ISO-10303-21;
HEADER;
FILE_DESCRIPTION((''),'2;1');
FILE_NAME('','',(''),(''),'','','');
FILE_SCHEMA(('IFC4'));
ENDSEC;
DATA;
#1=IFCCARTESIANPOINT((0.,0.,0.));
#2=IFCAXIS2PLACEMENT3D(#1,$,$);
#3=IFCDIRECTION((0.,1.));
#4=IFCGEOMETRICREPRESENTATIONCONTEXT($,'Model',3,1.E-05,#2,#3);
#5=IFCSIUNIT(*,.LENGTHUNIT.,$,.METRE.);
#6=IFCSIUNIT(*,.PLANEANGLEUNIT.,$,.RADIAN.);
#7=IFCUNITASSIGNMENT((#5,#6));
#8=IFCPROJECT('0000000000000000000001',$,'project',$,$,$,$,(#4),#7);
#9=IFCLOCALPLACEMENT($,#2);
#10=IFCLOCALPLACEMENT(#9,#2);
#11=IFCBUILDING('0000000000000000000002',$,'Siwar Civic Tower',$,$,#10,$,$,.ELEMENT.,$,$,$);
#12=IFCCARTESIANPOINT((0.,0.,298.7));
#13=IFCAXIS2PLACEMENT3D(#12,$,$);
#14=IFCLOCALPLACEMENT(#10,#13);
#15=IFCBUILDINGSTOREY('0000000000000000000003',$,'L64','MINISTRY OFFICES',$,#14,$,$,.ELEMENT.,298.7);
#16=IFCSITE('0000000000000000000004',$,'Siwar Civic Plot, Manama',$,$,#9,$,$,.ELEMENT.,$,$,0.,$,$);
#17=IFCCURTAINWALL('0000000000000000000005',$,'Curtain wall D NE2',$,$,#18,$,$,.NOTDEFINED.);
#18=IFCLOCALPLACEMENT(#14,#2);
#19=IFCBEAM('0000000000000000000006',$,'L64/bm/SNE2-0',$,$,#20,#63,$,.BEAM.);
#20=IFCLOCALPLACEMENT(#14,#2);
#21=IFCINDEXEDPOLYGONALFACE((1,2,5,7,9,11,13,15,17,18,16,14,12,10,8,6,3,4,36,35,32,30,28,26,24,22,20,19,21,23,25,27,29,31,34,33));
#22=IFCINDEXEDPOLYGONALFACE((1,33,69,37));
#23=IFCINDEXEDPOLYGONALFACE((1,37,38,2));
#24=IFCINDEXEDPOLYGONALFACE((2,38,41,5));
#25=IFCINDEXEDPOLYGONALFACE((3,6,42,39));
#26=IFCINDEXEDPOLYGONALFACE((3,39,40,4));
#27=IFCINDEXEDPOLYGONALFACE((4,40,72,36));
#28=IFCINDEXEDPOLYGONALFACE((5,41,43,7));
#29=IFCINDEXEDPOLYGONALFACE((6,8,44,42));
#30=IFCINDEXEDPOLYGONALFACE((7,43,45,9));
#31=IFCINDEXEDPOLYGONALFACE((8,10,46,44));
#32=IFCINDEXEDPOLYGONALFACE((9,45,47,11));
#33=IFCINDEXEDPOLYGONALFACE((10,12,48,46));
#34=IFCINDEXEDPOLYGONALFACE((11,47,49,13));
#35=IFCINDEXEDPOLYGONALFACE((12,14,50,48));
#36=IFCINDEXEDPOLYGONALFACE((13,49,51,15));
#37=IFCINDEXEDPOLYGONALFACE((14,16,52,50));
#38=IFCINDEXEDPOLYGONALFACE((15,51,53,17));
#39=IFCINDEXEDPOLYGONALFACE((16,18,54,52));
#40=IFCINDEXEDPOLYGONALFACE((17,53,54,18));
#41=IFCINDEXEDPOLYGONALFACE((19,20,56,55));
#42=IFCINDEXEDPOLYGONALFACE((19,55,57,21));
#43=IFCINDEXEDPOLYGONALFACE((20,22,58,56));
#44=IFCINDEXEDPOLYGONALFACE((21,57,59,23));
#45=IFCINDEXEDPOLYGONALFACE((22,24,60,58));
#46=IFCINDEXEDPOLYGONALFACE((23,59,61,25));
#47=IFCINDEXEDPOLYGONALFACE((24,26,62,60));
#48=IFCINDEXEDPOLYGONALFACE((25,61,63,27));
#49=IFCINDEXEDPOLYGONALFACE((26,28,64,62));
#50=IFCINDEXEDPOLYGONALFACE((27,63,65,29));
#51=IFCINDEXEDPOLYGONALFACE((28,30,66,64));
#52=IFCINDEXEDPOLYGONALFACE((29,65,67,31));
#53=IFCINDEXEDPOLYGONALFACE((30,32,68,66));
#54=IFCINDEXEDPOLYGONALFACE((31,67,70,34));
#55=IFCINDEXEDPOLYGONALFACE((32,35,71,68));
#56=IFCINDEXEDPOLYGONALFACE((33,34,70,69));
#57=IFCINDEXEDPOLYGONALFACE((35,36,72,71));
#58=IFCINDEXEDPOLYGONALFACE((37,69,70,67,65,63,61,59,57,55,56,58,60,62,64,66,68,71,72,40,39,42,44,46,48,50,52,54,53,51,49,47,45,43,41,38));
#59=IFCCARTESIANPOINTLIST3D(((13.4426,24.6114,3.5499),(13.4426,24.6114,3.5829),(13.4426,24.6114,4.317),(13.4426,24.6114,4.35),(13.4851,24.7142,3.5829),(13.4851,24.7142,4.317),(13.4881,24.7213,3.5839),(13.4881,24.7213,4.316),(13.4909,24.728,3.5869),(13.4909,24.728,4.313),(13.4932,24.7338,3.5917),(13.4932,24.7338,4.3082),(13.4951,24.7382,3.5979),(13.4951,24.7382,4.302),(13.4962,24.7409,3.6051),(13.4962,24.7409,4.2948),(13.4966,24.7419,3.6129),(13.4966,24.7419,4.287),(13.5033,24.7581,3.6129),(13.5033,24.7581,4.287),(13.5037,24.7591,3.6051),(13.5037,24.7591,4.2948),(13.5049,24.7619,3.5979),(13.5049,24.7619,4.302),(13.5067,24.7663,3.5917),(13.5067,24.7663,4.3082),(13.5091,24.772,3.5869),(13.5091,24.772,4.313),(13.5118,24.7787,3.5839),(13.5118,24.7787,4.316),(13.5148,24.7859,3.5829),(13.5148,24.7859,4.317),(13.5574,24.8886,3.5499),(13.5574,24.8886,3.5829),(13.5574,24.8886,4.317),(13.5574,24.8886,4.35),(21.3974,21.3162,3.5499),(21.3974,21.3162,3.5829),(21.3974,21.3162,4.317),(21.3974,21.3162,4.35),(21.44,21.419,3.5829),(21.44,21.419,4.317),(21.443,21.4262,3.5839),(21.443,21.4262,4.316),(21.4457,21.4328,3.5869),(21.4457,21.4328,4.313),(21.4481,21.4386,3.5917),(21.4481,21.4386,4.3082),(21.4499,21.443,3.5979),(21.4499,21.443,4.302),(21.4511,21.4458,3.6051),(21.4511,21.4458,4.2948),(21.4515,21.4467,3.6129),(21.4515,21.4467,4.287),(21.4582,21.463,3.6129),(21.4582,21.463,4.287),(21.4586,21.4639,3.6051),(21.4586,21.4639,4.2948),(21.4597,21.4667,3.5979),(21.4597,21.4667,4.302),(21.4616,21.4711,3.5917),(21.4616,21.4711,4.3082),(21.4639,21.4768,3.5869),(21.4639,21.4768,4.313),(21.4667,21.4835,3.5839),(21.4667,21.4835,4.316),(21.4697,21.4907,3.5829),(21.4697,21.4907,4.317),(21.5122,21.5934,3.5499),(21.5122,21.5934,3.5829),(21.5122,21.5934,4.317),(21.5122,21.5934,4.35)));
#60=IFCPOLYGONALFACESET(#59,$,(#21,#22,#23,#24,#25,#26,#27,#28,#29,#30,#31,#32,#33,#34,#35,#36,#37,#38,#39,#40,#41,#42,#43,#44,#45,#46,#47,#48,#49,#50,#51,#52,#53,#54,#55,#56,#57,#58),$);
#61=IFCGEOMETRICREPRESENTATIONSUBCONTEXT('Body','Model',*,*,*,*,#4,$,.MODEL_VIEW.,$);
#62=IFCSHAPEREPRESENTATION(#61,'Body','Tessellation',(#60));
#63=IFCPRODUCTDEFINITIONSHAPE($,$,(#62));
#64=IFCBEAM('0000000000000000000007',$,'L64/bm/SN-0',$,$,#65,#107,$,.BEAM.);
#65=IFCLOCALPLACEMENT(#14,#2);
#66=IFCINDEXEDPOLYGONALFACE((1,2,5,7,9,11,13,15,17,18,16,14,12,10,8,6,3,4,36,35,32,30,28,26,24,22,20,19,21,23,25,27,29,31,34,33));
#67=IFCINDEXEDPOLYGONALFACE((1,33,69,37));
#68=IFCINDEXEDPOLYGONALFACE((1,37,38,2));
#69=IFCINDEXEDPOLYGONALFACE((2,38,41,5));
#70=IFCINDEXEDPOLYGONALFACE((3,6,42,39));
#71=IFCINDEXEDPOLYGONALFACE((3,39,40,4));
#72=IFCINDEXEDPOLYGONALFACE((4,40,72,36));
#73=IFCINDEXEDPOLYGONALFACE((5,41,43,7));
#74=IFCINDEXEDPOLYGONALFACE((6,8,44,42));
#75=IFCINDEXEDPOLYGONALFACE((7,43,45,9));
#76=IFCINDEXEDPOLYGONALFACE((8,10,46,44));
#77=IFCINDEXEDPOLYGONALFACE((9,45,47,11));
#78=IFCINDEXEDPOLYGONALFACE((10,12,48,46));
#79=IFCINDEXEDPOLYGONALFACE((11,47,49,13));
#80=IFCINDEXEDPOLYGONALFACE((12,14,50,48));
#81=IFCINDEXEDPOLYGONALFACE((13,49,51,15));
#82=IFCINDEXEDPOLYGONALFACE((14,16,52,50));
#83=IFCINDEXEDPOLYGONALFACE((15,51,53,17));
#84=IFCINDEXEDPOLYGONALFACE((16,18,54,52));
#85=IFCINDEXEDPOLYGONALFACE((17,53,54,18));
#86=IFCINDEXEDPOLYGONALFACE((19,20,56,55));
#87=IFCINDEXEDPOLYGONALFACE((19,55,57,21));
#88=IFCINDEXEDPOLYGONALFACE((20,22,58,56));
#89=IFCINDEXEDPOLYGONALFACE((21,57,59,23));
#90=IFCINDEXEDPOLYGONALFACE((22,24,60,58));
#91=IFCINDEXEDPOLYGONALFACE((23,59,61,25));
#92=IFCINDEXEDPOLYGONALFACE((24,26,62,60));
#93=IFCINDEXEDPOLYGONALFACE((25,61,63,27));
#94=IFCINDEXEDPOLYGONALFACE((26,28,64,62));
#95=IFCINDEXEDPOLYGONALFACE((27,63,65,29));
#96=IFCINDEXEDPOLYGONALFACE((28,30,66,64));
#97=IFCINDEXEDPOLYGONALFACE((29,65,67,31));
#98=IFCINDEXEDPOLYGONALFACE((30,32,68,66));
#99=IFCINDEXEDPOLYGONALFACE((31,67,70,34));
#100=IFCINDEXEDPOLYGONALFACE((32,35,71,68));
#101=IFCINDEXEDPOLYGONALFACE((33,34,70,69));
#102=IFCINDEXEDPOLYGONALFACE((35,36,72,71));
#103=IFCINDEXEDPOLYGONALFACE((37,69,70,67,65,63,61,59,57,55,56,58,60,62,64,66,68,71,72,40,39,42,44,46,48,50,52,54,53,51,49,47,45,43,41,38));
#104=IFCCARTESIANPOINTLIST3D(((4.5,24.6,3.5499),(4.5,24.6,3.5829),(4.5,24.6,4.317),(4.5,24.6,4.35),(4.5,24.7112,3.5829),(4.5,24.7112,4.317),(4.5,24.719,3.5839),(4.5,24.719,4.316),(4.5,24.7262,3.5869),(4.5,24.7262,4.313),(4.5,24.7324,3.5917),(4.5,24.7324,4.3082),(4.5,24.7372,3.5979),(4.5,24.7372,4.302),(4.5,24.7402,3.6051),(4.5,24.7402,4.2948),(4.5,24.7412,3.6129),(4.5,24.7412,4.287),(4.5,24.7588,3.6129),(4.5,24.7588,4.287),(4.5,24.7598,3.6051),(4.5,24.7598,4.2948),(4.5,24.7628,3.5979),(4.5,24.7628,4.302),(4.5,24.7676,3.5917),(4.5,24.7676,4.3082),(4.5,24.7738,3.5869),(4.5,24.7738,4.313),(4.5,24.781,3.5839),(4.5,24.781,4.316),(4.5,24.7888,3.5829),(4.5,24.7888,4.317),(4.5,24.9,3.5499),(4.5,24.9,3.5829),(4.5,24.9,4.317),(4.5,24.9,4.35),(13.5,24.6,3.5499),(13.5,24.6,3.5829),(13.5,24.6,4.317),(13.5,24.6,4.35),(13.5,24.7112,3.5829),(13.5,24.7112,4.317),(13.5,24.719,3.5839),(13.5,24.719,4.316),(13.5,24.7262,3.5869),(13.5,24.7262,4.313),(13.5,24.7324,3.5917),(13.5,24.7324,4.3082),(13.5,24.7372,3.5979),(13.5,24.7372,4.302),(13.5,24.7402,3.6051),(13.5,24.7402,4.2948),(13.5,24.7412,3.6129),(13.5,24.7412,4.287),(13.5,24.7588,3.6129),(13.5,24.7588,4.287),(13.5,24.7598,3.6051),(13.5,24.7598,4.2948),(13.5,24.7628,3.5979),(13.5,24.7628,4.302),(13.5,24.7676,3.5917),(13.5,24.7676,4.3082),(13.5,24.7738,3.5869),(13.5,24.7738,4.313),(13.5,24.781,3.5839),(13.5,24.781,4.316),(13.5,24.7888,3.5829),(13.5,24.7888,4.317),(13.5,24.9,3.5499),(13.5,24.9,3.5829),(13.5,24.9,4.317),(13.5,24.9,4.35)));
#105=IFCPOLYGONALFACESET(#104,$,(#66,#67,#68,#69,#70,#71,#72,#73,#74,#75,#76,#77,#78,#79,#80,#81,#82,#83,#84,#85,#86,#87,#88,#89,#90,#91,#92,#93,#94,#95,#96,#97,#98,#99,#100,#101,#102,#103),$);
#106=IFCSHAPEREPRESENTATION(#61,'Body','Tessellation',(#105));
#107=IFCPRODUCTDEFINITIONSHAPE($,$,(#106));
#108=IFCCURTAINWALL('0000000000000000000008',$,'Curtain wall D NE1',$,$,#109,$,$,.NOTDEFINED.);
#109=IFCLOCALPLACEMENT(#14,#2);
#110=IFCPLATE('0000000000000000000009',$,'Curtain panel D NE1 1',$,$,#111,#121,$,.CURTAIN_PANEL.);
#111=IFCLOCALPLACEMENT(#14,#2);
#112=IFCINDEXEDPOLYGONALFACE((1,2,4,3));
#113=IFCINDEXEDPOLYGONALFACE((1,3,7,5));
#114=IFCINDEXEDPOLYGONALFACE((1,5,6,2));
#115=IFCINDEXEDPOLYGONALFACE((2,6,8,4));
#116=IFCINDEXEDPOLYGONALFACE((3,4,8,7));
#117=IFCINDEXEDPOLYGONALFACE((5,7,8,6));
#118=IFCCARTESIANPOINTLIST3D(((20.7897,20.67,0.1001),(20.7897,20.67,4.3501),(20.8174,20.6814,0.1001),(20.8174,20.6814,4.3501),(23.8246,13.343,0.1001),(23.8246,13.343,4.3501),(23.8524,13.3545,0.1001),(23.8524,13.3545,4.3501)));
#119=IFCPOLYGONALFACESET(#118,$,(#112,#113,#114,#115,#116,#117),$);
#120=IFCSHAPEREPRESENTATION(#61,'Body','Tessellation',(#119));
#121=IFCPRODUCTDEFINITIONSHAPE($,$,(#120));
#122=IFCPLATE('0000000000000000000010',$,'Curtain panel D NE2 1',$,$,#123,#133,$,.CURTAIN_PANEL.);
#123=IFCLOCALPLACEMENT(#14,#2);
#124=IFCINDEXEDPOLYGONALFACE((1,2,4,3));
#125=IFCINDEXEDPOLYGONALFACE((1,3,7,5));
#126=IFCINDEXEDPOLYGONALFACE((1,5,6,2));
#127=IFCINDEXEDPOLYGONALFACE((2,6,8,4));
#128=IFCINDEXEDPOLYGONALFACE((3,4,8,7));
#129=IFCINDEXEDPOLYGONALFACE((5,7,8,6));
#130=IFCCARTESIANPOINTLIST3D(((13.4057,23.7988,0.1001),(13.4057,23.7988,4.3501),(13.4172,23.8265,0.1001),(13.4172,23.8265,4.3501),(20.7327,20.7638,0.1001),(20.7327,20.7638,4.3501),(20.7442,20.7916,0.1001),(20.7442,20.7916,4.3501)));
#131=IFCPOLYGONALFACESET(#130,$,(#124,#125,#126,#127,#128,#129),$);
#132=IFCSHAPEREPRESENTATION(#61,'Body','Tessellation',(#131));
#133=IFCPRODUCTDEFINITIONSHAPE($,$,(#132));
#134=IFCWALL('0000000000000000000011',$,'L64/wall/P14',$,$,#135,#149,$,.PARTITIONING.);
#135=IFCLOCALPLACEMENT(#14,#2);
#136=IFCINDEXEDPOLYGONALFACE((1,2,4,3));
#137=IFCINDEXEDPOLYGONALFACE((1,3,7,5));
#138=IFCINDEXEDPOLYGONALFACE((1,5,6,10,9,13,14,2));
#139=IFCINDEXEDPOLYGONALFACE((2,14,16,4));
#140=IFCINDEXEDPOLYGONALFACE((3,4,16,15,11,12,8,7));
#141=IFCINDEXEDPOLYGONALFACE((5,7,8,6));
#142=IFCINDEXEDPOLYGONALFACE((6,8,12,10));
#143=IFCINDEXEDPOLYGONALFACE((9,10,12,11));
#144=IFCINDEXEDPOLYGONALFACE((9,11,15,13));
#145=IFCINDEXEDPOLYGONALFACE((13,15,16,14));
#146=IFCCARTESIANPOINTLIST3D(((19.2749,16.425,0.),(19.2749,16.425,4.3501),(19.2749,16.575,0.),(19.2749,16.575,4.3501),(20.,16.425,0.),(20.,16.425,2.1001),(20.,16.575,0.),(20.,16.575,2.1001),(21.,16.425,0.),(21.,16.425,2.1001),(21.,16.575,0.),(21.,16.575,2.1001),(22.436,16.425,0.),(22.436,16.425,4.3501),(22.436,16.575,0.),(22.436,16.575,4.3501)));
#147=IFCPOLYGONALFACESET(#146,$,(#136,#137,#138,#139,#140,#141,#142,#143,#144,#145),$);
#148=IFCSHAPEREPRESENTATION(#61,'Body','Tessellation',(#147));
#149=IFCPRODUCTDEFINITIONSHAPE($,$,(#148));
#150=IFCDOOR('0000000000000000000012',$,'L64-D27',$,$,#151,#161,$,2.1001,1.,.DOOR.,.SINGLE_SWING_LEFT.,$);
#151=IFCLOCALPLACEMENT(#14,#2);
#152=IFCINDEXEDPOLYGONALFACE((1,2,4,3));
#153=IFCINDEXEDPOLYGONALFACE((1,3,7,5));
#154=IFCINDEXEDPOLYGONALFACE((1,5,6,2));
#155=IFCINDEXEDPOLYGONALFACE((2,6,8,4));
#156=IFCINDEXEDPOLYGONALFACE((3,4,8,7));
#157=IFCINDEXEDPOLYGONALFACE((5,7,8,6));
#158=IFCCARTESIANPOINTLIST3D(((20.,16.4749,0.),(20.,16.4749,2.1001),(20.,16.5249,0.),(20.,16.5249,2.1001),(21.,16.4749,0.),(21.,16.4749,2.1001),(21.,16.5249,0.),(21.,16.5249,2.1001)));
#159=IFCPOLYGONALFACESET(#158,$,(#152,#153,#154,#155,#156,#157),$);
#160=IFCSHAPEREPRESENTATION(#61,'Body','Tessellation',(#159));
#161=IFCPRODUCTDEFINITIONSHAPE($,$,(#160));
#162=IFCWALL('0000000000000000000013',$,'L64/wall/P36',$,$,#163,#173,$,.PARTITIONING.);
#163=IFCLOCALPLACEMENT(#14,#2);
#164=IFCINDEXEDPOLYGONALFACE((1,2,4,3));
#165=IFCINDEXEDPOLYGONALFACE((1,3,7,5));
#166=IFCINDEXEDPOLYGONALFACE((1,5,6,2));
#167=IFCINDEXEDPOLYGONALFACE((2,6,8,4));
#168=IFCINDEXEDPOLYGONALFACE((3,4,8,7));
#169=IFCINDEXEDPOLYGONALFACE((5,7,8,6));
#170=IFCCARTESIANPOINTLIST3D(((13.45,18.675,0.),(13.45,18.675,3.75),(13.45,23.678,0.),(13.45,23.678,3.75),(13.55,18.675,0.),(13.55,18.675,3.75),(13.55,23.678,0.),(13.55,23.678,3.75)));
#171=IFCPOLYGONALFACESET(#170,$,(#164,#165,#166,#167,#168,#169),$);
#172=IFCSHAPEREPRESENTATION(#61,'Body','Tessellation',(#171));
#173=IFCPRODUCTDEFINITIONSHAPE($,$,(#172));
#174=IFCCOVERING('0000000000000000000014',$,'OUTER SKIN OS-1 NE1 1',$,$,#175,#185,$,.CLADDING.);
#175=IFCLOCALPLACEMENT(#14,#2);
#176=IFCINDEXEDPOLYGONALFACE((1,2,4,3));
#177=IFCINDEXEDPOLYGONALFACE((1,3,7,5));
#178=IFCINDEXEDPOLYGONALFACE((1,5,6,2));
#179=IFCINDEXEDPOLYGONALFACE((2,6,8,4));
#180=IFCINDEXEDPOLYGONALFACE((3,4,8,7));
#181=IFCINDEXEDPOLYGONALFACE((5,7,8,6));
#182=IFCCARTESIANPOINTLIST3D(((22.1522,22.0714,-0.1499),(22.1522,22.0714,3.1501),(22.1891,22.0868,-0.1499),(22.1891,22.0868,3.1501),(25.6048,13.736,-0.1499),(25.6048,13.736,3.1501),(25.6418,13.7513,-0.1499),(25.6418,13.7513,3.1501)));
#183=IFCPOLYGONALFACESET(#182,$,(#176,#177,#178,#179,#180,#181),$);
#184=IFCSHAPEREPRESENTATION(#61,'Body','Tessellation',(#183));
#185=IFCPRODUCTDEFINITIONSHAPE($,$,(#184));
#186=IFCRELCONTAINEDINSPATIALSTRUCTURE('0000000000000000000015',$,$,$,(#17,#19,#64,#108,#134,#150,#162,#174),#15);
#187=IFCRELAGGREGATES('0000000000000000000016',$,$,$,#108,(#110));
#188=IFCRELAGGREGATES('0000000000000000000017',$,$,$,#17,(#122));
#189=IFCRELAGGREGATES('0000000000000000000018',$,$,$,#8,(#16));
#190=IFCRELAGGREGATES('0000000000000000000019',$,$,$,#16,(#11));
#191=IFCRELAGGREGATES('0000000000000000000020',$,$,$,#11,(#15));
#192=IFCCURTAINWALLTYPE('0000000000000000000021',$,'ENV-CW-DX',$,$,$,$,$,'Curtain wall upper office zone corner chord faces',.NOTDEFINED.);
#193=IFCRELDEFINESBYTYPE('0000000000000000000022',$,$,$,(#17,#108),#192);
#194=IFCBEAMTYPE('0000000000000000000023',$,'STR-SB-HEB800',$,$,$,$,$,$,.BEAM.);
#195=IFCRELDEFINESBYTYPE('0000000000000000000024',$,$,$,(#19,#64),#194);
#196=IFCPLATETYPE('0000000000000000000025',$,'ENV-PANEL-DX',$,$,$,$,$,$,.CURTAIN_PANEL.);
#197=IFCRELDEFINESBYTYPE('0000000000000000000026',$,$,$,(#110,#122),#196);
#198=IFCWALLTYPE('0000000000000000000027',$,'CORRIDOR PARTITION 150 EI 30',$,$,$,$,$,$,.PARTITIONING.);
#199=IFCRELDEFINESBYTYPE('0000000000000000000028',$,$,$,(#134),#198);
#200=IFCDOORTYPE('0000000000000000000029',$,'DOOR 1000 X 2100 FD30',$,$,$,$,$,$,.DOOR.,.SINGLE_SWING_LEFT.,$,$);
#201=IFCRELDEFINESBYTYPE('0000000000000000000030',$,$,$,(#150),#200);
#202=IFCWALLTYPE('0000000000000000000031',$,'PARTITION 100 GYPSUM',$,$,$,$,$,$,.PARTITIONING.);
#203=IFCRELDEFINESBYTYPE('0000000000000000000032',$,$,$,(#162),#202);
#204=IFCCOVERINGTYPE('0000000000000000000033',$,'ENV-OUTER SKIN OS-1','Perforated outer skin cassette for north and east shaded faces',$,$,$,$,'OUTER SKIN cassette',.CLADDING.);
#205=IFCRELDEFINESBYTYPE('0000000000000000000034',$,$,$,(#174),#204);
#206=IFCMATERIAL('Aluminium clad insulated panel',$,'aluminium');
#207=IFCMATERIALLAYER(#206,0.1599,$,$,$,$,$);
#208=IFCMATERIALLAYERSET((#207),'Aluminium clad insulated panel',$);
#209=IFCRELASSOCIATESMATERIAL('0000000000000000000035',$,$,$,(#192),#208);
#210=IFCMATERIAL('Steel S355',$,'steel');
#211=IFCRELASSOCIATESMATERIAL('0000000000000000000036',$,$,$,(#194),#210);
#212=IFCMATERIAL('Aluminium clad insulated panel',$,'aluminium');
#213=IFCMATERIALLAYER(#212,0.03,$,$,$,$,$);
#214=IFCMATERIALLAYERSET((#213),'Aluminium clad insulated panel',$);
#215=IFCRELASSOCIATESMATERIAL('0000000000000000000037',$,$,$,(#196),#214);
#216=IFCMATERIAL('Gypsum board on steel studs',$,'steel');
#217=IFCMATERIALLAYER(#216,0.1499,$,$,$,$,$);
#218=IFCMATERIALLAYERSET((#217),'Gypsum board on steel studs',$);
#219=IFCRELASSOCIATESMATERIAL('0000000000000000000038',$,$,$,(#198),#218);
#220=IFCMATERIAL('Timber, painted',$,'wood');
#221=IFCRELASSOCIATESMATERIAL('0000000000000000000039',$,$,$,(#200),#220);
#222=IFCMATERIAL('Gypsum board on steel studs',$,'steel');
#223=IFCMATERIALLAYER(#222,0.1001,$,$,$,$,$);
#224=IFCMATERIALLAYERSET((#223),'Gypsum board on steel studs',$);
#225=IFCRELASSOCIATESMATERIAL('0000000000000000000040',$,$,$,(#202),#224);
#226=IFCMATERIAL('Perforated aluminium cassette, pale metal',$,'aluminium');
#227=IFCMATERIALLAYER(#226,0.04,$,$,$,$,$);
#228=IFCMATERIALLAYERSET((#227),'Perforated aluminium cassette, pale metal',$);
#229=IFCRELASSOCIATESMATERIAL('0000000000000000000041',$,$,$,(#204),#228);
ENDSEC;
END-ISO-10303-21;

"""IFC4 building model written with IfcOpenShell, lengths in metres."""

from ifc_helpers import new_model, si_unit, direction, frame, frame_2d, origin, origin_2d, place, context, subcontext, project, spatial, rectangle, i_section, extrude, material, layer, layer_set, material_profile, profile_set, type_object, element, fill, aggregate, save


model = new_model("IFC4")

# Units and contexts
model_context = context("Model", 3, precision=1e-05, world=origin(), true_north=direction((0.0, 1.0)))
body_context = subcontext(model_context, "Body", "Model", "MODEL_VIEW")
ifc_project = project(units=[si_unit("LENGTHUNIT", "METRE"), si_unit("PLANEANGLEUNIT", "RADIAN")], contexts=[model_context])

# Site, building, storey
site_placement = place(None, origin())
site = spatial("IfcSite", under=ifc_project, at=site_placement, Name="Siwar Civic Plot, Manama", CompositionType="ELEMENT", RefElevation=0.0)
building_placement = place(site_placement, origin())
building = spatial("IfcBuilding", under=site, at=building_placement, Name="Siwar Civic Tower", CompositionType="ELEMENT")
storey_placement = place(building_placement, frame((0.0, 0.0, 298.7)))
storey = spatial("IfcBuildingStorey", under=building, at=storey_placement, Name="L64", Description="MINISTRY OFFICES", CompositionType="ELEMENT", Elevation=298.7)

# Curtain wall
ifc_material_1 = material(Name="Aluminium clad insulated panel", Category="aluminium")
ifc_layer_1 = layer(ifc_material_1, 0.1599)
ifc_layer_set_1 = layer_set([ifc_layer_1], Name="Aluminium clad insulated panel")
curtain_wall_type = type_object("IfcCurtainWallType", Name="ENV-CW-DX", ElementType="Curtain wall upper office zone corner chord faces", PredefinedType="NOTDEFINED", material=ifc_layer_set_1)
curtain_wall_1_placement = place(storey_placement, origin())
curtain_wall_1 = element("IfcCurtainWall", 1, at=curtain_wall_1_placement, inside=storey, type_object=curtain_wall_type, Name="Curtain wall D NE2", PredefinedType="NOTDEFINED")

# Beams
ifc_material_2 = material(Name="Steel S355", Category="steel")
ifc_material_profile_1 = material_profile(ifc_material_2, i_section(OverallWidth=0.3, OverallDepth=0.8, WebThickness=0.0176, FlangeThickness=0.033, FilletRadius=0.03, at=origin_2d()), Name="HEB800")
ifc_profile_set_1 = profile_set([ifc_material_profile_1], Name="Steel S355")
beam_type_1 = type_object("IfcBeamType", Name="STR-SB-HEB800", PredefinedType="BEAM", material=ifc_profile_set_1)
beam_1_placement = place(storey_placement, frame((21.4548, 21.4548, 3.95), z_axis=(-0.923873, 0.3827, 0.0), x_axis=(-0.3827, -0.923873, 0.0)))
element("IfcBeam", 2, at=beam_1_placement, inside=storey, type_object=beam_type_1, Name="L64/bm/SNE2-0", PredefinedType="BEAM", context=body_context, shape_type="SweptSolid", body=[
    extrude(i_section(OverallWidth=0.3, OverallDepth=0.8, WebThickness=0.0176, FlangeThickness=0.033, FilletRadius=0.03, at=origin_2d()), origin(), (0.0, 0.0, 1.0), 8.6104),
])
beam_2_placement = place(storey_placement, frame((13.5, 24.75, 3.95), z_axis=(-1.0, 0.0, 0.0), x_axis=(0.0, -1.0, 0.0)))
element("IfcBeam", 3, at=beam_2_placement, inside=storey, type_object=beam_type_1, Name="L64/bm/SN-0", PredefinedType="BEAM", context=body_context, shape_type="SweptSolid", body=[
    extrude(i_section(OverallWidth=0.3, OverallDepth=0.8, WebThickness=0.0176, FlangeThickness=0.033, FilletRadius=0.03, at=origin_2d()), origin(), (0.0, 0.0, 1.0), 9.0),
])

# Curtain wall, plate
curtain_wall_2_placement = place(storey_placement, origin())
curtain_wall_2 = element("IfcCurtainWall", 4, at=curtain_wall_2_placement, inside=storey, type_object=curtain_wall_type, Name="Curtain wall D NE1", PredefinedType="NOTDEFINED")
ifc_material_3 = material(Name="Aluminium clad insulated panel", Category="aluminium")
ifc_layer_2 = layer(ifc_material_3, 0.03)
ifc_layer_set_2 = layer_set([ifc_layer_2], Name="Aluminium clad insulated panel")
plate_type = type_object("IfcPlateType", Name="ENV-PANEL-DX", PredefinedType="CURTAIN_PANEL", material=ifc_layer_set_2)
plate_1_placement = place(storey_placement, frame((22.321, 17.0122, 0.1001), z_axis=(0.0, 0.0, 1.0), x_axis=(-0.382683, 0.92388, 0.0)))
plate_1 = element("IfcPlate", 5, at=plate_1_placement, type_object=plate_type, Name="Curtain panel D NE1 1", PredefinedType="CURTAIN_PANEL", context=body_context, shape_type="SweptSolid", body=[
    extrude(rectangle(XDim=7.9307, YDim=0.03, at=origin_2d()), origin(), (0.0, 0.0, 1.0), 4.25),
])
aggregate(curtain_wall_2, [plate_1])

# Plate
plate_2_placement = place(storey_placement, frame((17.075, 22.2952, 0.1001), z_axis=(0.0, 0.0, 1.0), x_axis=(-0.92388, 0.382683, 0.0)))
plate_2 = element("IfcPlate", 6, at=plate_2_placement, type_object=plate_type, Name="Curtain panel D NE2 1", PredefinedType="CURTAIN_PANEL", context=body_context, shape_type="SweptSolid", body=[
    extrude(rectangle(XDim=7.9307, YDim=0.03, at=origin_2d()), origin(), (0.0, 0.0, 1.0), 4.25),
])
aggregate(curtain_wall_1, [plate_2])

# Wall, opening, door
ifc_material_4 = material(Name="Gypsum board on steel studs", Category="steel")
ifc_layer_3 = layer(ifc_material_4, 0.1499)
ifc_layer_set_3 = layer_set([ifc_layer_3], Name="Gypsum board on steel studs")
wall_type_1 = type_object("IfcWallType", Name="CORRIDOR PARTITION 150 EI 30", PredefinedType="PARTITIONING", material=ifc_layer_set_3)
wall_1_placement = place(storey_placement, frame((19.2749, 16.5, 0.0), z_axis=(0.0, 0.0, 1.0), x_axis=(1.0, 0.0, 0.0)))
wall_1 = element("IfcWall", 7, at=wall_1_placement, inside=storey, type_object=wall_type_1, Name="L64/wall/P14", PredefinedType="PARTITIONING", context=body_context, shape_type="SweptSolid", body=[
    extrude(rectangle(XDim=3.1611, YDim=0.1499, at=frame_2d((1.5806, 0.0))), origin(), (0.0, 0.0, 1.0), 4.3501),
])
opening_placement = place(wall_1_placement, frame((0.7251, 0.0, 0.0)))
opening = element("IfcOpeningElement", 8, at=opening_placement, cuts=wall_1, PredefinedType="OPENING", context=body_context, shape_type="SweptSolid", body=[
    extrude(rectangle(XDim=1.0, YDim=2.1001, at=frame_2d((0.5, 1.05))), frame((0.0, 0.085, 0.0), z_axis=(0.0, -1.0, 0.0), x_axis=(1.0, 0.0, 0.0)), (0.0, 0.0, 1.0), 0.1699),
])
ifc_material_5 = material(Name="Timber, painted", Category="wood")
door_type = type_object("IfcDoorType", Name="DOOR 1000 X 2100 FD30", OperationType="SINGLE_SWING_LEFT", PredefinedType="DOOR", material=ifc_material_5)
door_placement = place(opening_placement, origin())
door = element("IfcDoor", 9, at=door_placement, inside=storey, type_object=door_type, Name="L64-D27", OperationType="SINGLE_SWING_LEFT", OverallHeight=2.1001, OverallWidth=1.0, PredefinedType="DOOR", context=body_context, shape_type="SweptSolid", body=[
    extrude(rectangle(XDim=1.0, YDim=2.1001, at=frame_2d((0.5, 1.05))), frame((0.0, 0.0249, 0.0), z_axis=(0.0, -1.0, 0.0), x_axis=(1.0, 0.0, 0.0)), (0.0, 0.0, 1.0), 0.05),
])
fill(opening, door)

# Wall
ifc_material_6 = material(Name="Gypsum board on steel studs", Category="steel")
ifc_layer_4 = layer(ifc_material_6, 0.1001)
ifc_layer_set_4 = layer_set([ifc_layer_4], Name="Gypsum board on steel studs")
wall_type_2 = type_object("IfcWallType", Name="PARTITION 100 GYPSUM", PredefinedType="PARTITIONING", material=ifc_layer_set_4)
wall_2_placement = place(storey_placement, frame((13.5, 18.675, 0.0), z_axis=(0.0, 0.0, 1.0), x_axis=(0.0, 1.0, 0.0)))
element("IfcWall", 10, at=wall_2_placement, inside=storey, type_object=wall_type_2, Name="L64/wall/P36", PredefinedType="PARTITIONING", context=body_context, shape_type="SweptSolid", body=[
    extrude(rectangle(XDim=5.0029, YDim=0.1001, at=frame_2d((2.5015, 0.0))), origin(), (0.0, 0.0, 1.0), 3.75),
])

# Covering
ifc_material_7 = material(Name="Perforated aluminium cassette, pale metal", Category="aluminium")
ifc_layer_5 = layer(ifc_material_7, 0.04)
ifc_layer_set_5 = layer_set([ifc_layer_5], Name="Perforated aluminium cassette, pale metal")
covering_type = type_object("IfcCoveringType", Name="ENV-OUTER SKIN OS-1", Description="Perforated outer skin cassette for north and east shaded faces", ElementType="OUTER SKIN cassette", PredefinedType="CLADDING", material=ifc_layer_set_5)
for number, where, z_axis, x_axis, name in (
    (11, (23.897, 17.9114, -0.1499), (0.0, 0.0, 1.0), (-0.382683, 0.92388, 0.0), "OUTER SKIN OS-1 NE1 1"),
):
    element("IfcCovering", number, at=place(storey_placement, frame(where, z_axis=z_axis, x_axis=x_axis)), inside=storey, type_object=covering_type, Name=name, PredefinedType="CLADDING", context=body_context, shape_type="SweptSolid", body=[
        extrude(rectangle(XDim=9.0222, YDim=0.04, at=origin_2d()), origin(), (0.0, 0.0, 1.0), 3.3),
    ])

save(model, "model.ifc")
